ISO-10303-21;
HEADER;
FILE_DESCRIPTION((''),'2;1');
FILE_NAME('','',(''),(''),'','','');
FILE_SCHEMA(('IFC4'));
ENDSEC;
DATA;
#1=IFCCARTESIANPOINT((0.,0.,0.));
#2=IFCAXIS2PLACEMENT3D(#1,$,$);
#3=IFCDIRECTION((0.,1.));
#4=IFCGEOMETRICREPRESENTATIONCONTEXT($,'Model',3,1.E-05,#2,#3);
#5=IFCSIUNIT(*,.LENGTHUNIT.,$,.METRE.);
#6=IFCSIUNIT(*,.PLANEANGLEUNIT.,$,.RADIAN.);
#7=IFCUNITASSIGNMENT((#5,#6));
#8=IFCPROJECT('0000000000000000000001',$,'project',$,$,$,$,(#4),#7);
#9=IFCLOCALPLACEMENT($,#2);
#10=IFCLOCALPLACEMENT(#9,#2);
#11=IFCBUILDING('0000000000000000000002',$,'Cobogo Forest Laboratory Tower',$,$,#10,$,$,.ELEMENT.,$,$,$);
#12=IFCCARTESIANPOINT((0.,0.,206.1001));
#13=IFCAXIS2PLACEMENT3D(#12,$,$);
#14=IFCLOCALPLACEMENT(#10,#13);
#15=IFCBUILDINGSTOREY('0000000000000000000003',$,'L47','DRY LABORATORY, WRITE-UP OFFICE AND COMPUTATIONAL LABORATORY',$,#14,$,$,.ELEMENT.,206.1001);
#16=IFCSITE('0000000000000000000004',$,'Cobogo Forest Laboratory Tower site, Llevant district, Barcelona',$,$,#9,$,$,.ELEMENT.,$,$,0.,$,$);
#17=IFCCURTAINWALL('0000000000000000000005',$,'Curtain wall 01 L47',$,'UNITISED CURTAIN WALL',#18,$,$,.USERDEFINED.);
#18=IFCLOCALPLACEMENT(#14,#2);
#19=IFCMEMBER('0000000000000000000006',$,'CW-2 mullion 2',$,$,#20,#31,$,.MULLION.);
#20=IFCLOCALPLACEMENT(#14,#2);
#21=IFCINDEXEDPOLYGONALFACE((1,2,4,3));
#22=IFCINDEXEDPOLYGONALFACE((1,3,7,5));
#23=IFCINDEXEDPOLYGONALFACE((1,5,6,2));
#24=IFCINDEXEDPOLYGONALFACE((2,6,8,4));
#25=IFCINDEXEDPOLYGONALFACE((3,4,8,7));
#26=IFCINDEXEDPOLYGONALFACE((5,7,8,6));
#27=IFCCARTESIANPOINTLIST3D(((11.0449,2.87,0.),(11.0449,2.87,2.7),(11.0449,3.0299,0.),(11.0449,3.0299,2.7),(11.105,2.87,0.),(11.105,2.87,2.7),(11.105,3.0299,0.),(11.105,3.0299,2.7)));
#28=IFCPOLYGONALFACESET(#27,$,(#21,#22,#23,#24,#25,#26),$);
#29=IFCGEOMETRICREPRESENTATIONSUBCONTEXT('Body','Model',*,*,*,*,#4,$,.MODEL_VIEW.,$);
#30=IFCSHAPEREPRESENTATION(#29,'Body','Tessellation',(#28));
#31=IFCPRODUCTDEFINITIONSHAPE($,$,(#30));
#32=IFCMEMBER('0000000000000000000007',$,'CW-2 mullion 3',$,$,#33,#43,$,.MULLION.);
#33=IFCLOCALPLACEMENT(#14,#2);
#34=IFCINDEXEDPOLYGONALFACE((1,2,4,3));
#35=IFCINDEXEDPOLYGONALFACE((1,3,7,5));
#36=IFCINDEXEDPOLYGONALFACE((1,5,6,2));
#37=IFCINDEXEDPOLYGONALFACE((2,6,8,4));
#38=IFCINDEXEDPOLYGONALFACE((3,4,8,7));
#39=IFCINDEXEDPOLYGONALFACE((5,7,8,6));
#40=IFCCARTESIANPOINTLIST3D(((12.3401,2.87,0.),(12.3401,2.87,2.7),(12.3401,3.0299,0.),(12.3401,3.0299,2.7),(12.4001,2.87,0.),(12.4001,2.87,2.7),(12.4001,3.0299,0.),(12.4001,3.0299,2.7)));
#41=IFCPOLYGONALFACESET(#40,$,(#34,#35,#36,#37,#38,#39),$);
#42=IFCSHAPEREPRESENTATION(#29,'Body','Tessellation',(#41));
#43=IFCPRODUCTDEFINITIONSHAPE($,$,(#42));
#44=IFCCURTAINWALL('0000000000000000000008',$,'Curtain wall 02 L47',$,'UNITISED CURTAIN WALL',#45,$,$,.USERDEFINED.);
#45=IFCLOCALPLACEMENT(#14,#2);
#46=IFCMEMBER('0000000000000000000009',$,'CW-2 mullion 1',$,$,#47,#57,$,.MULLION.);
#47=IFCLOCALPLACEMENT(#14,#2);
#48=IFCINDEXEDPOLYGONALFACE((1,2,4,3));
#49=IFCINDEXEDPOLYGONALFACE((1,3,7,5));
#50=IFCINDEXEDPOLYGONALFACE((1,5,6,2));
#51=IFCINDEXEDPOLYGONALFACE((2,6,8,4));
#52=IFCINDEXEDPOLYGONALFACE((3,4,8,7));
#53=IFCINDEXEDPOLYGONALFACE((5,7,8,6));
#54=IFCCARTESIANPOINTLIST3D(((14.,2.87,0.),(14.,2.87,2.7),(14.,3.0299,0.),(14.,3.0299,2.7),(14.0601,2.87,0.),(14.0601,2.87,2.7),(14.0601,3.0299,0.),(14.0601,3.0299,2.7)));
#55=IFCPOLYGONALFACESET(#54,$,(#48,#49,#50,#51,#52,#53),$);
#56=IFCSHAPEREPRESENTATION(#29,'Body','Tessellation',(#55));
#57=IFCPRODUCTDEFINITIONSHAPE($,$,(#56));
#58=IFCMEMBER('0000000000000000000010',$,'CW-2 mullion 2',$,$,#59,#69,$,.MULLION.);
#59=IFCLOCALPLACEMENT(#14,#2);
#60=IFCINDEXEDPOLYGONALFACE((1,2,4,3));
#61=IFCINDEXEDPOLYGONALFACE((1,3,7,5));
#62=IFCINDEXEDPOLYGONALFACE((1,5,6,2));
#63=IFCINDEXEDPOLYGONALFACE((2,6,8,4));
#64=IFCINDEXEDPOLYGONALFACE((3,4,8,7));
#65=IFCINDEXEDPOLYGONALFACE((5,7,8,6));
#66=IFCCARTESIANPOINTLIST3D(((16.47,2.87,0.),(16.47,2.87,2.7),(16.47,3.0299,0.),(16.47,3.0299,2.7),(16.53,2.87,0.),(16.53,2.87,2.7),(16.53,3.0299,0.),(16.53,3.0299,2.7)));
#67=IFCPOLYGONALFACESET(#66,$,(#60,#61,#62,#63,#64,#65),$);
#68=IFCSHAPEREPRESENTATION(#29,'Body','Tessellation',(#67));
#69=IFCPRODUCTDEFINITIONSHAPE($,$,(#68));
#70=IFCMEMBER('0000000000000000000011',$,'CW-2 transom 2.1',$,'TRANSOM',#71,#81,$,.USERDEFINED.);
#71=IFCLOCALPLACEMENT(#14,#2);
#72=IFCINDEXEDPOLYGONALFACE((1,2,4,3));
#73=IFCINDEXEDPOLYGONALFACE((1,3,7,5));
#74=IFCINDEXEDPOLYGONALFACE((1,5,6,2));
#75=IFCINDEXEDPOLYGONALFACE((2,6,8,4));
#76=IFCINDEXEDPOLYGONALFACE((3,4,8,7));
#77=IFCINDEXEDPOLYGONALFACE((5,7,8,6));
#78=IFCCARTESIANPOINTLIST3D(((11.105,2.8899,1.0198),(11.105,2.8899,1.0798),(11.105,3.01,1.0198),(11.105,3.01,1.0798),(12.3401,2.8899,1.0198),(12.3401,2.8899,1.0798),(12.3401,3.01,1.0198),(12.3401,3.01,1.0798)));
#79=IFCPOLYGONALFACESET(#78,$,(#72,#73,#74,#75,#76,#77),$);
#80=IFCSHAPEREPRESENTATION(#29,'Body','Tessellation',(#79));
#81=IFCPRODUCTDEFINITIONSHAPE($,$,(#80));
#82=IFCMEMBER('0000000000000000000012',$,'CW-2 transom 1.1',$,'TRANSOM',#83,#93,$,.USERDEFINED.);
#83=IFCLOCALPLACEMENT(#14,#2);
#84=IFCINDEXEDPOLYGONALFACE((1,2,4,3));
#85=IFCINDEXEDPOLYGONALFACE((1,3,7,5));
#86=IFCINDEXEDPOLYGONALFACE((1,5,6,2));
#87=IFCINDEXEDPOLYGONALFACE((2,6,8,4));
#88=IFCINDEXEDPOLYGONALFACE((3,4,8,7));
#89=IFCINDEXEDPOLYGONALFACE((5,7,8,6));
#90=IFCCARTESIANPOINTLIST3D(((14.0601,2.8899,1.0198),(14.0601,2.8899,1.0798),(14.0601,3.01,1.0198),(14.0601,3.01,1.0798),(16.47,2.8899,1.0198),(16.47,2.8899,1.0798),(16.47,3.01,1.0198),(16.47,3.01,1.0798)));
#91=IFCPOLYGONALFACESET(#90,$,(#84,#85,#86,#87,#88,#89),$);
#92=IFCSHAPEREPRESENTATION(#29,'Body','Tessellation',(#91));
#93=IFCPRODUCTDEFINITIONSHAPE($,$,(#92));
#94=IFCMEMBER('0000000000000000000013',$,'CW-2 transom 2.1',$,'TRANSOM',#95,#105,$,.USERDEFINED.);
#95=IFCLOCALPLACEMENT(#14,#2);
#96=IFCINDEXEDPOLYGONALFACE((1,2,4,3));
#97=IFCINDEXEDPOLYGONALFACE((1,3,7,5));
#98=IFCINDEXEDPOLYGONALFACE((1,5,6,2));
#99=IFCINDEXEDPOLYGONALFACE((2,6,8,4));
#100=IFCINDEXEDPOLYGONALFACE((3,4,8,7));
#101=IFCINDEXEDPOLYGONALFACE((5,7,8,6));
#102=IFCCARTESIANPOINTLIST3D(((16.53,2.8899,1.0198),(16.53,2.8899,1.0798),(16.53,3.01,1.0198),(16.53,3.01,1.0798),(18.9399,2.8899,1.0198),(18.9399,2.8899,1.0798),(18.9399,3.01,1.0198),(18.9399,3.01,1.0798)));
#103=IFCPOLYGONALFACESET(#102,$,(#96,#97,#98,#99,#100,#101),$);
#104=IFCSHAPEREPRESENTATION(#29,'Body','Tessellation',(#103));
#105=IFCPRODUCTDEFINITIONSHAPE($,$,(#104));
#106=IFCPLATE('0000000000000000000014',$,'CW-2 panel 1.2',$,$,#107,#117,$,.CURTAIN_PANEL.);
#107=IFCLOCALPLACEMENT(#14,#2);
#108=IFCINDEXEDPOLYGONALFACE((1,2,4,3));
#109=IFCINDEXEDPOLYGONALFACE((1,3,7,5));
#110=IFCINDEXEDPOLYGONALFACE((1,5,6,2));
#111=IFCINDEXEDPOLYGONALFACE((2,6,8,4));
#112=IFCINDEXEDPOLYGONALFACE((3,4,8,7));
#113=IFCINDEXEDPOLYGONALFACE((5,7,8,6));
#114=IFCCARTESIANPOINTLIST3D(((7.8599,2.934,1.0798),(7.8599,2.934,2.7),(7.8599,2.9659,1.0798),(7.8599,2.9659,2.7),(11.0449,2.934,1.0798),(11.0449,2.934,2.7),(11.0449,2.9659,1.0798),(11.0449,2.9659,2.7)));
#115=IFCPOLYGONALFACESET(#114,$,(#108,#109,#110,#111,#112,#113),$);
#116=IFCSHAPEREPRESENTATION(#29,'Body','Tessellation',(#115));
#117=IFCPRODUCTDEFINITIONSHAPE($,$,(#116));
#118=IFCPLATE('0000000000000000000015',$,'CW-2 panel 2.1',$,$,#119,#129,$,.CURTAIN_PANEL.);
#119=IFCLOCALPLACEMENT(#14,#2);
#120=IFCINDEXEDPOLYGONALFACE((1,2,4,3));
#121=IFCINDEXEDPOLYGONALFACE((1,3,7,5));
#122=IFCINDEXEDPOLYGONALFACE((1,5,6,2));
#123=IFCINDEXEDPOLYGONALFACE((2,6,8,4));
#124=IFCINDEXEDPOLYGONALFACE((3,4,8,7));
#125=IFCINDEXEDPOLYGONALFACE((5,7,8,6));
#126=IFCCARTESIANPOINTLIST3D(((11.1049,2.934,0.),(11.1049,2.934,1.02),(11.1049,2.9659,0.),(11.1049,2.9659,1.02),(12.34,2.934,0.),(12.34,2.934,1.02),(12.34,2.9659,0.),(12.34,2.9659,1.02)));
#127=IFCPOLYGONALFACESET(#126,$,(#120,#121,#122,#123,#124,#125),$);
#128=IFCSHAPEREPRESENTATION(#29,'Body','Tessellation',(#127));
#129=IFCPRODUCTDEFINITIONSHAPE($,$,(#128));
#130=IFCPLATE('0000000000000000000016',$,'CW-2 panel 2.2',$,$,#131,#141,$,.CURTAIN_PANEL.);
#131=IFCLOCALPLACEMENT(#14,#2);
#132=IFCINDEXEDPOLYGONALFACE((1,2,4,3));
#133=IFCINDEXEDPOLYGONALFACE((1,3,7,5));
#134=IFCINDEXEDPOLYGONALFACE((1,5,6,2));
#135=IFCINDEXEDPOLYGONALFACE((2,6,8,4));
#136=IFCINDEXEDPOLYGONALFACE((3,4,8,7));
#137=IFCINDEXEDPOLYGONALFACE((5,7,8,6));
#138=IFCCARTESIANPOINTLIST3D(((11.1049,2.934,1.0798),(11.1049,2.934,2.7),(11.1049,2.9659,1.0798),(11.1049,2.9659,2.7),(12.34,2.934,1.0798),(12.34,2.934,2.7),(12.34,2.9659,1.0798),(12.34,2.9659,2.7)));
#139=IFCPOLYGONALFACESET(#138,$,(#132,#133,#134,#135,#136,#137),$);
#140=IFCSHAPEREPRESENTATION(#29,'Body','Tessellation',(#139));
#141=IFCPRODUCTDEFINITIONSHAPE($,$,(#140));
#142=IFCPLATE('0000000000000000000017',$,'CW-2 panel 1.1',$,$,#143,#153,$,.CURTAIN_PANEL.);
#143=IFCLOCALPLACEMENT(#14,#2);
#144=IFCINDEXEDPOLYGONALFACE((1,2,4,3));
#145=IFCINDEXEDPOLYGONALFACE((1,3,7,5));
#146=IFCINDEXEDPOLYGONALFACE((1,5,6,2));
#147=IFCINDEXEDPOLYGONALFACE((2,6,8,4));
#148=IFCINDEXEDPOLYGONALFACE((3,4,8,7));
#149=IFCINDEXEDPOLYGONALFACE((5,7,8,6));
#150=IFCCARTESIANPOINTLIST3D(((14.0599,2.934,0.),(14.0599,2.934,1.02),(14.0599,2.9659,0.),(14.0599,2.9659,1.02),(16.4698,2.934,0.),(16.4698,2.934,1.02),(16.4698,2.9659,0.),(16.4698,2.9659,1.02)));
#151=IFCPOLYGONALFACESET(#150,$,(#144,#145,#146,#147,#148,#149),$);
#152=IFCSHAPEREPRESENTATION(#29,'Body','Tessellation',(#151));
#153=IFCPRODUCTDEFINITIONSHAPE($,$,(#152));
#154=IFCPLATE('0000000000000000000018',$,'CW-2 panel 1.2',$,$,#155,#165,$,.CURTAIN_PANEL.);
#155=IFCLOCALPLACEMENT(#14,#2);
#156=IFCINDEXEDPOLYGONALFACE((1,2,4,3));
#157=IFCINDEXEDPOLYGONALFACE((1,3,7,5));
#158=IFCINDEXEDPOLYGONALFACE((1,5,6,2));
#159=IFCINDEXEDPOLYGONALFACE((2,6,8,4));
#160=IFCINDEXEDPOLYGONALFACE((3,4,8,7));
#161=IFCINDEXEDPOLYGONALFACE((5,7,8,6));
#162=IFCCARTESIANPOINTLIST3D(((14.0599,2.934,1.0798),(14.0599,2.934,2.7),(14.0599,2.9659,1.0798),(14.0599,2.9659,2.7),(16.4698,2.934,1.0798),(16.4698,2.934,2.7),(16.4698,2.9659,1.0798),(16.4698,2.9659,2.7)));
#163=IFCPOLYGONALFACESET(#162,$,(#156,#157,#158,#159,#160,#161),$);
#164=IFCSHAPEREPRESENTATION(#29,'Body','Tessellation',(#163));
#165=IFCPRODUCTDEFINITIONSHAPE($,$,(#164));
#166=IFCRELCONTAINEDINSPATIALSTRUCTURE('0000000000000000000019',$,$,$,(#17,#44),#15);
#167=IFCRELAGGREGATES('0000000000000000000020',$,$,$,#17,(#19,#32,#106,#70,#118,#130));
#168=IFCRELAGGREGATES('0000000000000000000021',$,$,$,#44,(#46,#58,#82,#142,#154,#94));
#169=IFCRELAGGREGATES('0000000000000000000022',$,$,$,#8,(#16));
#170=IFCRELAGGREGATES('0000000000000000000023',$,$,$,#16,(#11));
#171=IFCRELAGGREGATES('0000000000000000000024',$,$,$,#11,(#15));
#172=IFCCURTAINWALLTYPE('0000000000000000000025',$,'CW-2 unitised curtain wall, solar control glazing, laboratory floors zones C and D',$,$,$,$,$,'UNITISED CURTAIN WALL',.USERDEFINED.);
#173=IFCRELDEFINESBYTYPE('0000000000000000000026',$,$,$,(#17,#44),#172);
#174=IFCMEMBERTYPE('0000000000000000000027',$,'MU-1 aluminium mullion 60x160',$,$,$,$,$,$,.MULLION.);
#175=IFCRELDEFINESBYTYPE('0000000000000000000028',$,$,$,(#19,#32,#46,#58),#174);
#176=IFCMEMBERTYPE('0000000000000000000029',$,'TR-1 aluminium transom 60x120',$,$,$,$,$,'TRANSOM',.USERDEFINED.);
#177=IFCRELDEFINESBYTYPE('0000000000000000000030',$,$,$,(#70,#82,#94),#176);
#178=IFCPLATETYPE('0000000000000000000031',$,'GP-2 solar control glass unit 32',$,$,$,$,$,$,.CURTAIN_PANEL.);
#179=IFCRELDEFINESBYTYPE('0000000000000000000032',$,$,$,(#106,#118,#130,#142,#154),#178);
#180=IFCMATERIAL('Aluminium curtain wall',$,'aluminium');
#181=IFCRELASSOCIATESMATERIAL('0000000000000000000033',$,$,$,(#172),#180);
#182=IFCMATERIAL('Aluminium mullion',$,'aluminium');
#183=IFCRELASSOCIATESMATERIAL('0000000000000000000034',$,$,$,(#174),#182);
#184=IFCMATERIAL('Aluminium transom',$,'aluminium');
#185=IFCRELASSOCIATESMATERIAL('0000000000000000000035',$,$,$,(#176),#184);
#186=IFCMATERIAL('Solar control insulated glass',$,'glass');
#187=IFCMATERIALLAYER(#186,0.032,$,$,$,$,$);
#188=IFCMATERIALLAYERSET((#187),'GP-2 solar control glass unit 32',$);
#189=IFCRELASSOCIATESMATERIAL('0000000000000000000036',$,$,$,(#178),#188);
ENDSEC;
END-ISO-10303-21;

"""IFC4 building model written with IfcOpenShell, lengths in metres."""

from ifc_helpers import new_model, si_unit, direction, frame, origin, origin_2d, place, context, subcontext, project, spatial, rectangle, extrude, material, layer, layer_set, material_profile, profile_set, type_object, element, aggregate, save


model = new_model("IFC4")

# Units and contexts
model_context = context("Model", 3, precision=1e-05, world=origin(), true_north=direction((0.0, 1.0)))
body_context = subcontext(model_context, "Body", "Model", "MODEL_VIEW")
ifc_project = project(units=[si_unit("LENGTHUNIT", "METRE"), si_unit("PLANEANGLEUNIT", "RADIAN")], contexts=[model_context])

# Site, building, storey
site_placement = place(None, origin())
site = spatial("IfcSite", under=ifc_project, at=site_placement, Name="Cobogo Forest Laboratory Tower site, Llevant district, Barcelona", CompositionType="ELEMENT", RefElevation=0.0)
building_placement = place(site_placement, origin())
building = spatial("IfcBuilding", under=site, at=building_placement, Name="Cobogo Forest Laboratory Tower", CompositionType="ELEMENT")
storey_placement = place(building_placement, frame((0.0, 0.0, 206.1001)))
storey = spatial("IfcBuildingStorey", under=building, at=storey_placement, Name="L47", Description="DRY LABORATORY, WRITE-UP OFFICE AND COMPUTATIONAL LABORATORY", CompositionType="ELEMENT", Elevation=206.1001)

# Curtain walls, members
ifc_material_1 = material(Name="Aluminium curtain wall", Category="aluminium")
curtain_wall_type = type_object("IfcCurtainWallType", Name="CW-2 unitised curtain wall, solar control glazing, laboratory floors zones C and D", ElementType="UNITISED CURTAIN WALL", PredefinedType="USERDEFINED", material=ifc_material_1)
curtain_wall_1_placement = place(storey_placement, origin())
curtain_wall_1 = element("IfcCurtainWall", 1, at=curtain_wall_1_placement, inside=storey, type_object=curtain_wall_type, Name="Curtain wall 01 L47", ObjectType="UNITISED CURTAIN WALL", PredefinedType="USERDEFINED")
ifc_material_2 = material(Name="Aluminium mullion", Category="aluminium")
ifc_material_profile_1 = material_profile(ifc_material_2, rectangle(XDim=0.0601, YDim=0.1599, at=origin_2d()), Name="AL 60x160")
ifc_profile_set_1 = profile_set([ifc_material_profile_1], Name="Aluminium mullion")
member_type_1 = type_object("IfcMemberType", Name="MU-1 aluminium mullion 60x160", PredefinedType="MULLION", material=ifc_profile_set_1)
member_1_placement = place(storey_placement, frame((11.075, 2.95, 0.0), z_axis=(0.0, 0.0, 1.0), x_axis=(1.0, 0.0, 0.0)))
member_1 = element("IfcMember", 2, at=member_1_placement, type_object=member_type_1, Name="CW-2 mullion 2", PredefinedType="MULLION", context=body_context, shape_type="SweptSolid", body=[
    extrude(rectangle(XDim=0.0601, YDim=0.1599, at=origin_2d()), origin(), (0.0, 0.0, 1.0), 2.7),
])
member_2_placement = place(storey_placement, frame((12.3701, 2.95, 0.0), z_axis=(0.0, 0.0, 1.0), x_axis=(1.0, 0.0, 0.0)))
member_2 = element("IfcMember", 3, at=member_2_placement, type_object=member_type_1, Name="CW-2 mullion 3", PredefinedType="MULLION", context=body_context, shape_type="SweptSolid", body=[
    extrude(rectangle(XDim=0.0601, YDim=0.1599, at=origin_2d()), origin(), (0.0, 0.0, 1.0), 2.7),
])
curtain_wall_2_placement = place(storey_placement, origin())
curtain_wall_2 = element("IfcCurtainWall", 4, at=curtain_wall_2_placement, inside=storey, type_object=curtain_wall_type, Name="Curtain wall 02 L47", ObjectType="UNITISED CURTAIN WALL", PredefinedType="USERDEFINED")
member_3_placement = place(storey_placement, frame((14.03, 2.95, 0.0), z_axis=(0.0, 0.0, 1.0), x_axis=(1.0, 0.0, 0.0)))
member_3 = element("IfcMember", 5, at=member_3_placement, type_object=member_type_1, Name="CW-2 mullion 1", PredefinedType="MULLION", context=body_context, shape_type="SweptSolid", body=[
    extrude(rectangle(XDim=0.0601, YDim=0.1599, at=origin_2d()), origin(), (0.0, 0.0, 1.0), 2.7),
])
member_4_placement = place(storey_placement, frame((16.5, 2.95, 0.0), z_axis=(0.0, 0.0, 1.0), x_axis=(1.0, 0.0, 0.0)))
member_4 = element("IfcMember", 6, at=member_4_placement, type_object=member_type_1, Name="CW-2 mullion 2", PredefinedType="MULLION", context=body_context, shape_type="SweptSolid", body=[
    extrude(rectangle(XDim=0.0601, YDim=0.1599, at=origin_2d()), origin(), (0.0, 0.0, 1.0), 2.7),
])

# Members
ifc_material_3 = material(Name="Aluminium transom", Category="aluminium")
ifc_material_profile_2 = material_profile(ifc_material_3, rectangle(XDim=0.1201, YDim=0.0601, at=origin_2d()), Name="AL 60x120")
ifc_profile_set_2 = profile_set([ifc_material_profile_2], Name="Aluminium transom")
member_type_2 = type_object("IfcMemberType", Name="TR-1 aluminium transom 60x120", ElementType="TRANSOM", PredefinedType="USERDEFINED", material=ifc_profile_set_2)
member_5_placement = place(storey_placement, frame((11.105, 2.95, 1.0498), z_axis=(1.0, 0.0, 0.0), x_axis=(0.0, 1.0, 0.0)))
member_5 = element("IfcMember", 7, at=member_5_placement, type_object=member_type_2, Name="CW-2 transom 2.1", ObjectType="TRANSOM", PredefinedType="USERDEFINED", context=body_context, shape_type="SweptSolid", body=[
    extrude(rectangle(XDim=0.1201, YDim=0.0601, at=origin_2d()), origin(), (0.0, 0.0, 1.0), 1.2351),
])
member_6_placement = place(storey_placement, frame((14.0601, 2.95, 1.0498), z_axis=(1.0, 0.0, 0.0), x_axis=(0.0, 1.0, 0.0)))
member_6 = element("IfcMember", 8, at=member_6_placement, type_object=member_type_2, Name="CW-2 transom 1.1", ObjectType="TRANSOM", PredefinedType="USERDEFINED", context=body_context, shape_type="SweptSolid", body=[
    extrude(rectangle(XDim=0.1201, YDim=0.0601, at=origin_2d()), origin(), (0.0, 0.0, 1.0), 2.4099),
])
member_7_placement = place(storey_placement, frame((16.53, 2.95, 1.0498), z_axis=(1.0, 0.0, 0.0), x_axis=(0.0, 1.0, 0.0)))
member_7 = element("IfcMember", 9, at=member_7_placement, type_object=member_type_2, Name="CW-2 transom 2.1", ObjectType="TRANSOM", PredefinedType="USERDEFINED", context=body_context, shape_type="SweptSolid", body=[
    extrude(rectangle(XDim=0.1201, YDim=0.0601, at=origin_2d()), origin(), (0.0, 0.0, 1.0), 2.4099),
])

# Plates
ifc_material_4 = material(Name="Solar control insulated glass", Category="glass")
ifc_layer = layer(ifc_material_4, 0.032)
ifc_layer_set = layer_set([ifc_layer], Name="GP-2 solar control glass unit 32")
plate_type_1 = type_object("IfcPlateType", Name="GP-2 solar control glass unit 32", PredefinedType="CURTAIN_PANEL", material=ifc_layer_set)
plate_1_placement = place(storey_placement, frame((9.4524, 2.95, 1.0798), z_axis=(0.0, 0.0, 1.0), x_axis=(1.0, 0.0, 0.0)))
plate_1 = element("IfcPlate", 10, at=plate_1_placement, type_object=plate_type_1, Name="CW-2 panel 1.2", PredefinedType="CURTAIN_PANEL", context=body_context, shape_type="SweptSolid", body=[
    extrude(rectangle(XDim=3.1851, YDim=0.032, at=origin_2d()), origin(), (0.0, 0.0, 1.0), 1.6201),
])
plate_2_placement = place(storey_placement, frame((11.7224, 2.95, 0.0), z_axis=(0.0, 0.0, 1.0), x_axis=(1.0, 0.0, 0.0)))
plate_2 = element("IfcPlate", 11, at=plate_2_placement, type_object=plate_type_1, Name="CW-2 panel 2.1", PredefinedType="CURTAIN_PANEL", context=body_context, shape_type="SweptSolid", body=[
    extrude(rectangle(XDim=1.2351, YDim=0.032, at=origin_2d()), origin(), (0.0, 0.0, 1.0), 1.02),
])
plate_3_placement = place(storey_placement, frame((11.7224, 2.95, 1.0798), z_axis=(0.0, 0.0, 1.0), x_axis=(1.0, 0.0, 0.0)))
plate_3 = element("IfcPlate", 12, at=plate_3_placement, type_object=plate_type_1, Name="CW-2 panel 2.2", PredefinedType="CURTAIN_PANEL", context=body_context, shape_type="SweptSolid", body=[
    extrude(rectangle(XDim=1.2351, YDim=0.032, at=origin_2d()), origin(), (0.0, 0.0, 1.0), 1.6201),
])
aggregate(curtain_wall_1, [member_1, member_2, plate_1, member_5, plate_2, plate_3])
plate_4_placement = place(storey_placement, frame((15.2649, 2.95, 0.0), z_axis=(0.0, 0.0, 1.0), x_axis=(1.0, 0.0, 0.0)))
plate_4 = element("IfcPlate", 13, at=plate_4_placement, type_object=plate_type_1, Name="CW-2 panel 1.1", PredefinedType="CURTAIN_PANEL", context=body_context, shape_type="SweptSolid", body=[
    extrude(rectangle(XDim=2.4099, YDim=0.032, at=origin_2d()), origin(), (0.0, 0.0, 1.0), 1.02),
])
plate_5_placement = place(storey_placement, frame((15.2649, 2.95, 1.0798), z_axis=(0.0, 0.0, 1.0), x_axis=(1.0, 0.0, 0.0)))
plate_5 = element("IfcPlate", 14, at=plate_5_placement, type_object=plate_type_1, Name="CW-2 panel 1.2", PredefinedType="CURTAIN_PANEL", context=body_context, shape_type="SweptSolid", body=[
    extrude(rectangle(XDim=2.4099, YDim=0.032, at=origin_2d()), origin(), (0.0, 0.0, 1.0), 1.6201),
])
aggregate(curtain_wall_2, [member_3, member_4, member_6, plate_4, plate_5, member_7])

save(model, "model.ifc")
